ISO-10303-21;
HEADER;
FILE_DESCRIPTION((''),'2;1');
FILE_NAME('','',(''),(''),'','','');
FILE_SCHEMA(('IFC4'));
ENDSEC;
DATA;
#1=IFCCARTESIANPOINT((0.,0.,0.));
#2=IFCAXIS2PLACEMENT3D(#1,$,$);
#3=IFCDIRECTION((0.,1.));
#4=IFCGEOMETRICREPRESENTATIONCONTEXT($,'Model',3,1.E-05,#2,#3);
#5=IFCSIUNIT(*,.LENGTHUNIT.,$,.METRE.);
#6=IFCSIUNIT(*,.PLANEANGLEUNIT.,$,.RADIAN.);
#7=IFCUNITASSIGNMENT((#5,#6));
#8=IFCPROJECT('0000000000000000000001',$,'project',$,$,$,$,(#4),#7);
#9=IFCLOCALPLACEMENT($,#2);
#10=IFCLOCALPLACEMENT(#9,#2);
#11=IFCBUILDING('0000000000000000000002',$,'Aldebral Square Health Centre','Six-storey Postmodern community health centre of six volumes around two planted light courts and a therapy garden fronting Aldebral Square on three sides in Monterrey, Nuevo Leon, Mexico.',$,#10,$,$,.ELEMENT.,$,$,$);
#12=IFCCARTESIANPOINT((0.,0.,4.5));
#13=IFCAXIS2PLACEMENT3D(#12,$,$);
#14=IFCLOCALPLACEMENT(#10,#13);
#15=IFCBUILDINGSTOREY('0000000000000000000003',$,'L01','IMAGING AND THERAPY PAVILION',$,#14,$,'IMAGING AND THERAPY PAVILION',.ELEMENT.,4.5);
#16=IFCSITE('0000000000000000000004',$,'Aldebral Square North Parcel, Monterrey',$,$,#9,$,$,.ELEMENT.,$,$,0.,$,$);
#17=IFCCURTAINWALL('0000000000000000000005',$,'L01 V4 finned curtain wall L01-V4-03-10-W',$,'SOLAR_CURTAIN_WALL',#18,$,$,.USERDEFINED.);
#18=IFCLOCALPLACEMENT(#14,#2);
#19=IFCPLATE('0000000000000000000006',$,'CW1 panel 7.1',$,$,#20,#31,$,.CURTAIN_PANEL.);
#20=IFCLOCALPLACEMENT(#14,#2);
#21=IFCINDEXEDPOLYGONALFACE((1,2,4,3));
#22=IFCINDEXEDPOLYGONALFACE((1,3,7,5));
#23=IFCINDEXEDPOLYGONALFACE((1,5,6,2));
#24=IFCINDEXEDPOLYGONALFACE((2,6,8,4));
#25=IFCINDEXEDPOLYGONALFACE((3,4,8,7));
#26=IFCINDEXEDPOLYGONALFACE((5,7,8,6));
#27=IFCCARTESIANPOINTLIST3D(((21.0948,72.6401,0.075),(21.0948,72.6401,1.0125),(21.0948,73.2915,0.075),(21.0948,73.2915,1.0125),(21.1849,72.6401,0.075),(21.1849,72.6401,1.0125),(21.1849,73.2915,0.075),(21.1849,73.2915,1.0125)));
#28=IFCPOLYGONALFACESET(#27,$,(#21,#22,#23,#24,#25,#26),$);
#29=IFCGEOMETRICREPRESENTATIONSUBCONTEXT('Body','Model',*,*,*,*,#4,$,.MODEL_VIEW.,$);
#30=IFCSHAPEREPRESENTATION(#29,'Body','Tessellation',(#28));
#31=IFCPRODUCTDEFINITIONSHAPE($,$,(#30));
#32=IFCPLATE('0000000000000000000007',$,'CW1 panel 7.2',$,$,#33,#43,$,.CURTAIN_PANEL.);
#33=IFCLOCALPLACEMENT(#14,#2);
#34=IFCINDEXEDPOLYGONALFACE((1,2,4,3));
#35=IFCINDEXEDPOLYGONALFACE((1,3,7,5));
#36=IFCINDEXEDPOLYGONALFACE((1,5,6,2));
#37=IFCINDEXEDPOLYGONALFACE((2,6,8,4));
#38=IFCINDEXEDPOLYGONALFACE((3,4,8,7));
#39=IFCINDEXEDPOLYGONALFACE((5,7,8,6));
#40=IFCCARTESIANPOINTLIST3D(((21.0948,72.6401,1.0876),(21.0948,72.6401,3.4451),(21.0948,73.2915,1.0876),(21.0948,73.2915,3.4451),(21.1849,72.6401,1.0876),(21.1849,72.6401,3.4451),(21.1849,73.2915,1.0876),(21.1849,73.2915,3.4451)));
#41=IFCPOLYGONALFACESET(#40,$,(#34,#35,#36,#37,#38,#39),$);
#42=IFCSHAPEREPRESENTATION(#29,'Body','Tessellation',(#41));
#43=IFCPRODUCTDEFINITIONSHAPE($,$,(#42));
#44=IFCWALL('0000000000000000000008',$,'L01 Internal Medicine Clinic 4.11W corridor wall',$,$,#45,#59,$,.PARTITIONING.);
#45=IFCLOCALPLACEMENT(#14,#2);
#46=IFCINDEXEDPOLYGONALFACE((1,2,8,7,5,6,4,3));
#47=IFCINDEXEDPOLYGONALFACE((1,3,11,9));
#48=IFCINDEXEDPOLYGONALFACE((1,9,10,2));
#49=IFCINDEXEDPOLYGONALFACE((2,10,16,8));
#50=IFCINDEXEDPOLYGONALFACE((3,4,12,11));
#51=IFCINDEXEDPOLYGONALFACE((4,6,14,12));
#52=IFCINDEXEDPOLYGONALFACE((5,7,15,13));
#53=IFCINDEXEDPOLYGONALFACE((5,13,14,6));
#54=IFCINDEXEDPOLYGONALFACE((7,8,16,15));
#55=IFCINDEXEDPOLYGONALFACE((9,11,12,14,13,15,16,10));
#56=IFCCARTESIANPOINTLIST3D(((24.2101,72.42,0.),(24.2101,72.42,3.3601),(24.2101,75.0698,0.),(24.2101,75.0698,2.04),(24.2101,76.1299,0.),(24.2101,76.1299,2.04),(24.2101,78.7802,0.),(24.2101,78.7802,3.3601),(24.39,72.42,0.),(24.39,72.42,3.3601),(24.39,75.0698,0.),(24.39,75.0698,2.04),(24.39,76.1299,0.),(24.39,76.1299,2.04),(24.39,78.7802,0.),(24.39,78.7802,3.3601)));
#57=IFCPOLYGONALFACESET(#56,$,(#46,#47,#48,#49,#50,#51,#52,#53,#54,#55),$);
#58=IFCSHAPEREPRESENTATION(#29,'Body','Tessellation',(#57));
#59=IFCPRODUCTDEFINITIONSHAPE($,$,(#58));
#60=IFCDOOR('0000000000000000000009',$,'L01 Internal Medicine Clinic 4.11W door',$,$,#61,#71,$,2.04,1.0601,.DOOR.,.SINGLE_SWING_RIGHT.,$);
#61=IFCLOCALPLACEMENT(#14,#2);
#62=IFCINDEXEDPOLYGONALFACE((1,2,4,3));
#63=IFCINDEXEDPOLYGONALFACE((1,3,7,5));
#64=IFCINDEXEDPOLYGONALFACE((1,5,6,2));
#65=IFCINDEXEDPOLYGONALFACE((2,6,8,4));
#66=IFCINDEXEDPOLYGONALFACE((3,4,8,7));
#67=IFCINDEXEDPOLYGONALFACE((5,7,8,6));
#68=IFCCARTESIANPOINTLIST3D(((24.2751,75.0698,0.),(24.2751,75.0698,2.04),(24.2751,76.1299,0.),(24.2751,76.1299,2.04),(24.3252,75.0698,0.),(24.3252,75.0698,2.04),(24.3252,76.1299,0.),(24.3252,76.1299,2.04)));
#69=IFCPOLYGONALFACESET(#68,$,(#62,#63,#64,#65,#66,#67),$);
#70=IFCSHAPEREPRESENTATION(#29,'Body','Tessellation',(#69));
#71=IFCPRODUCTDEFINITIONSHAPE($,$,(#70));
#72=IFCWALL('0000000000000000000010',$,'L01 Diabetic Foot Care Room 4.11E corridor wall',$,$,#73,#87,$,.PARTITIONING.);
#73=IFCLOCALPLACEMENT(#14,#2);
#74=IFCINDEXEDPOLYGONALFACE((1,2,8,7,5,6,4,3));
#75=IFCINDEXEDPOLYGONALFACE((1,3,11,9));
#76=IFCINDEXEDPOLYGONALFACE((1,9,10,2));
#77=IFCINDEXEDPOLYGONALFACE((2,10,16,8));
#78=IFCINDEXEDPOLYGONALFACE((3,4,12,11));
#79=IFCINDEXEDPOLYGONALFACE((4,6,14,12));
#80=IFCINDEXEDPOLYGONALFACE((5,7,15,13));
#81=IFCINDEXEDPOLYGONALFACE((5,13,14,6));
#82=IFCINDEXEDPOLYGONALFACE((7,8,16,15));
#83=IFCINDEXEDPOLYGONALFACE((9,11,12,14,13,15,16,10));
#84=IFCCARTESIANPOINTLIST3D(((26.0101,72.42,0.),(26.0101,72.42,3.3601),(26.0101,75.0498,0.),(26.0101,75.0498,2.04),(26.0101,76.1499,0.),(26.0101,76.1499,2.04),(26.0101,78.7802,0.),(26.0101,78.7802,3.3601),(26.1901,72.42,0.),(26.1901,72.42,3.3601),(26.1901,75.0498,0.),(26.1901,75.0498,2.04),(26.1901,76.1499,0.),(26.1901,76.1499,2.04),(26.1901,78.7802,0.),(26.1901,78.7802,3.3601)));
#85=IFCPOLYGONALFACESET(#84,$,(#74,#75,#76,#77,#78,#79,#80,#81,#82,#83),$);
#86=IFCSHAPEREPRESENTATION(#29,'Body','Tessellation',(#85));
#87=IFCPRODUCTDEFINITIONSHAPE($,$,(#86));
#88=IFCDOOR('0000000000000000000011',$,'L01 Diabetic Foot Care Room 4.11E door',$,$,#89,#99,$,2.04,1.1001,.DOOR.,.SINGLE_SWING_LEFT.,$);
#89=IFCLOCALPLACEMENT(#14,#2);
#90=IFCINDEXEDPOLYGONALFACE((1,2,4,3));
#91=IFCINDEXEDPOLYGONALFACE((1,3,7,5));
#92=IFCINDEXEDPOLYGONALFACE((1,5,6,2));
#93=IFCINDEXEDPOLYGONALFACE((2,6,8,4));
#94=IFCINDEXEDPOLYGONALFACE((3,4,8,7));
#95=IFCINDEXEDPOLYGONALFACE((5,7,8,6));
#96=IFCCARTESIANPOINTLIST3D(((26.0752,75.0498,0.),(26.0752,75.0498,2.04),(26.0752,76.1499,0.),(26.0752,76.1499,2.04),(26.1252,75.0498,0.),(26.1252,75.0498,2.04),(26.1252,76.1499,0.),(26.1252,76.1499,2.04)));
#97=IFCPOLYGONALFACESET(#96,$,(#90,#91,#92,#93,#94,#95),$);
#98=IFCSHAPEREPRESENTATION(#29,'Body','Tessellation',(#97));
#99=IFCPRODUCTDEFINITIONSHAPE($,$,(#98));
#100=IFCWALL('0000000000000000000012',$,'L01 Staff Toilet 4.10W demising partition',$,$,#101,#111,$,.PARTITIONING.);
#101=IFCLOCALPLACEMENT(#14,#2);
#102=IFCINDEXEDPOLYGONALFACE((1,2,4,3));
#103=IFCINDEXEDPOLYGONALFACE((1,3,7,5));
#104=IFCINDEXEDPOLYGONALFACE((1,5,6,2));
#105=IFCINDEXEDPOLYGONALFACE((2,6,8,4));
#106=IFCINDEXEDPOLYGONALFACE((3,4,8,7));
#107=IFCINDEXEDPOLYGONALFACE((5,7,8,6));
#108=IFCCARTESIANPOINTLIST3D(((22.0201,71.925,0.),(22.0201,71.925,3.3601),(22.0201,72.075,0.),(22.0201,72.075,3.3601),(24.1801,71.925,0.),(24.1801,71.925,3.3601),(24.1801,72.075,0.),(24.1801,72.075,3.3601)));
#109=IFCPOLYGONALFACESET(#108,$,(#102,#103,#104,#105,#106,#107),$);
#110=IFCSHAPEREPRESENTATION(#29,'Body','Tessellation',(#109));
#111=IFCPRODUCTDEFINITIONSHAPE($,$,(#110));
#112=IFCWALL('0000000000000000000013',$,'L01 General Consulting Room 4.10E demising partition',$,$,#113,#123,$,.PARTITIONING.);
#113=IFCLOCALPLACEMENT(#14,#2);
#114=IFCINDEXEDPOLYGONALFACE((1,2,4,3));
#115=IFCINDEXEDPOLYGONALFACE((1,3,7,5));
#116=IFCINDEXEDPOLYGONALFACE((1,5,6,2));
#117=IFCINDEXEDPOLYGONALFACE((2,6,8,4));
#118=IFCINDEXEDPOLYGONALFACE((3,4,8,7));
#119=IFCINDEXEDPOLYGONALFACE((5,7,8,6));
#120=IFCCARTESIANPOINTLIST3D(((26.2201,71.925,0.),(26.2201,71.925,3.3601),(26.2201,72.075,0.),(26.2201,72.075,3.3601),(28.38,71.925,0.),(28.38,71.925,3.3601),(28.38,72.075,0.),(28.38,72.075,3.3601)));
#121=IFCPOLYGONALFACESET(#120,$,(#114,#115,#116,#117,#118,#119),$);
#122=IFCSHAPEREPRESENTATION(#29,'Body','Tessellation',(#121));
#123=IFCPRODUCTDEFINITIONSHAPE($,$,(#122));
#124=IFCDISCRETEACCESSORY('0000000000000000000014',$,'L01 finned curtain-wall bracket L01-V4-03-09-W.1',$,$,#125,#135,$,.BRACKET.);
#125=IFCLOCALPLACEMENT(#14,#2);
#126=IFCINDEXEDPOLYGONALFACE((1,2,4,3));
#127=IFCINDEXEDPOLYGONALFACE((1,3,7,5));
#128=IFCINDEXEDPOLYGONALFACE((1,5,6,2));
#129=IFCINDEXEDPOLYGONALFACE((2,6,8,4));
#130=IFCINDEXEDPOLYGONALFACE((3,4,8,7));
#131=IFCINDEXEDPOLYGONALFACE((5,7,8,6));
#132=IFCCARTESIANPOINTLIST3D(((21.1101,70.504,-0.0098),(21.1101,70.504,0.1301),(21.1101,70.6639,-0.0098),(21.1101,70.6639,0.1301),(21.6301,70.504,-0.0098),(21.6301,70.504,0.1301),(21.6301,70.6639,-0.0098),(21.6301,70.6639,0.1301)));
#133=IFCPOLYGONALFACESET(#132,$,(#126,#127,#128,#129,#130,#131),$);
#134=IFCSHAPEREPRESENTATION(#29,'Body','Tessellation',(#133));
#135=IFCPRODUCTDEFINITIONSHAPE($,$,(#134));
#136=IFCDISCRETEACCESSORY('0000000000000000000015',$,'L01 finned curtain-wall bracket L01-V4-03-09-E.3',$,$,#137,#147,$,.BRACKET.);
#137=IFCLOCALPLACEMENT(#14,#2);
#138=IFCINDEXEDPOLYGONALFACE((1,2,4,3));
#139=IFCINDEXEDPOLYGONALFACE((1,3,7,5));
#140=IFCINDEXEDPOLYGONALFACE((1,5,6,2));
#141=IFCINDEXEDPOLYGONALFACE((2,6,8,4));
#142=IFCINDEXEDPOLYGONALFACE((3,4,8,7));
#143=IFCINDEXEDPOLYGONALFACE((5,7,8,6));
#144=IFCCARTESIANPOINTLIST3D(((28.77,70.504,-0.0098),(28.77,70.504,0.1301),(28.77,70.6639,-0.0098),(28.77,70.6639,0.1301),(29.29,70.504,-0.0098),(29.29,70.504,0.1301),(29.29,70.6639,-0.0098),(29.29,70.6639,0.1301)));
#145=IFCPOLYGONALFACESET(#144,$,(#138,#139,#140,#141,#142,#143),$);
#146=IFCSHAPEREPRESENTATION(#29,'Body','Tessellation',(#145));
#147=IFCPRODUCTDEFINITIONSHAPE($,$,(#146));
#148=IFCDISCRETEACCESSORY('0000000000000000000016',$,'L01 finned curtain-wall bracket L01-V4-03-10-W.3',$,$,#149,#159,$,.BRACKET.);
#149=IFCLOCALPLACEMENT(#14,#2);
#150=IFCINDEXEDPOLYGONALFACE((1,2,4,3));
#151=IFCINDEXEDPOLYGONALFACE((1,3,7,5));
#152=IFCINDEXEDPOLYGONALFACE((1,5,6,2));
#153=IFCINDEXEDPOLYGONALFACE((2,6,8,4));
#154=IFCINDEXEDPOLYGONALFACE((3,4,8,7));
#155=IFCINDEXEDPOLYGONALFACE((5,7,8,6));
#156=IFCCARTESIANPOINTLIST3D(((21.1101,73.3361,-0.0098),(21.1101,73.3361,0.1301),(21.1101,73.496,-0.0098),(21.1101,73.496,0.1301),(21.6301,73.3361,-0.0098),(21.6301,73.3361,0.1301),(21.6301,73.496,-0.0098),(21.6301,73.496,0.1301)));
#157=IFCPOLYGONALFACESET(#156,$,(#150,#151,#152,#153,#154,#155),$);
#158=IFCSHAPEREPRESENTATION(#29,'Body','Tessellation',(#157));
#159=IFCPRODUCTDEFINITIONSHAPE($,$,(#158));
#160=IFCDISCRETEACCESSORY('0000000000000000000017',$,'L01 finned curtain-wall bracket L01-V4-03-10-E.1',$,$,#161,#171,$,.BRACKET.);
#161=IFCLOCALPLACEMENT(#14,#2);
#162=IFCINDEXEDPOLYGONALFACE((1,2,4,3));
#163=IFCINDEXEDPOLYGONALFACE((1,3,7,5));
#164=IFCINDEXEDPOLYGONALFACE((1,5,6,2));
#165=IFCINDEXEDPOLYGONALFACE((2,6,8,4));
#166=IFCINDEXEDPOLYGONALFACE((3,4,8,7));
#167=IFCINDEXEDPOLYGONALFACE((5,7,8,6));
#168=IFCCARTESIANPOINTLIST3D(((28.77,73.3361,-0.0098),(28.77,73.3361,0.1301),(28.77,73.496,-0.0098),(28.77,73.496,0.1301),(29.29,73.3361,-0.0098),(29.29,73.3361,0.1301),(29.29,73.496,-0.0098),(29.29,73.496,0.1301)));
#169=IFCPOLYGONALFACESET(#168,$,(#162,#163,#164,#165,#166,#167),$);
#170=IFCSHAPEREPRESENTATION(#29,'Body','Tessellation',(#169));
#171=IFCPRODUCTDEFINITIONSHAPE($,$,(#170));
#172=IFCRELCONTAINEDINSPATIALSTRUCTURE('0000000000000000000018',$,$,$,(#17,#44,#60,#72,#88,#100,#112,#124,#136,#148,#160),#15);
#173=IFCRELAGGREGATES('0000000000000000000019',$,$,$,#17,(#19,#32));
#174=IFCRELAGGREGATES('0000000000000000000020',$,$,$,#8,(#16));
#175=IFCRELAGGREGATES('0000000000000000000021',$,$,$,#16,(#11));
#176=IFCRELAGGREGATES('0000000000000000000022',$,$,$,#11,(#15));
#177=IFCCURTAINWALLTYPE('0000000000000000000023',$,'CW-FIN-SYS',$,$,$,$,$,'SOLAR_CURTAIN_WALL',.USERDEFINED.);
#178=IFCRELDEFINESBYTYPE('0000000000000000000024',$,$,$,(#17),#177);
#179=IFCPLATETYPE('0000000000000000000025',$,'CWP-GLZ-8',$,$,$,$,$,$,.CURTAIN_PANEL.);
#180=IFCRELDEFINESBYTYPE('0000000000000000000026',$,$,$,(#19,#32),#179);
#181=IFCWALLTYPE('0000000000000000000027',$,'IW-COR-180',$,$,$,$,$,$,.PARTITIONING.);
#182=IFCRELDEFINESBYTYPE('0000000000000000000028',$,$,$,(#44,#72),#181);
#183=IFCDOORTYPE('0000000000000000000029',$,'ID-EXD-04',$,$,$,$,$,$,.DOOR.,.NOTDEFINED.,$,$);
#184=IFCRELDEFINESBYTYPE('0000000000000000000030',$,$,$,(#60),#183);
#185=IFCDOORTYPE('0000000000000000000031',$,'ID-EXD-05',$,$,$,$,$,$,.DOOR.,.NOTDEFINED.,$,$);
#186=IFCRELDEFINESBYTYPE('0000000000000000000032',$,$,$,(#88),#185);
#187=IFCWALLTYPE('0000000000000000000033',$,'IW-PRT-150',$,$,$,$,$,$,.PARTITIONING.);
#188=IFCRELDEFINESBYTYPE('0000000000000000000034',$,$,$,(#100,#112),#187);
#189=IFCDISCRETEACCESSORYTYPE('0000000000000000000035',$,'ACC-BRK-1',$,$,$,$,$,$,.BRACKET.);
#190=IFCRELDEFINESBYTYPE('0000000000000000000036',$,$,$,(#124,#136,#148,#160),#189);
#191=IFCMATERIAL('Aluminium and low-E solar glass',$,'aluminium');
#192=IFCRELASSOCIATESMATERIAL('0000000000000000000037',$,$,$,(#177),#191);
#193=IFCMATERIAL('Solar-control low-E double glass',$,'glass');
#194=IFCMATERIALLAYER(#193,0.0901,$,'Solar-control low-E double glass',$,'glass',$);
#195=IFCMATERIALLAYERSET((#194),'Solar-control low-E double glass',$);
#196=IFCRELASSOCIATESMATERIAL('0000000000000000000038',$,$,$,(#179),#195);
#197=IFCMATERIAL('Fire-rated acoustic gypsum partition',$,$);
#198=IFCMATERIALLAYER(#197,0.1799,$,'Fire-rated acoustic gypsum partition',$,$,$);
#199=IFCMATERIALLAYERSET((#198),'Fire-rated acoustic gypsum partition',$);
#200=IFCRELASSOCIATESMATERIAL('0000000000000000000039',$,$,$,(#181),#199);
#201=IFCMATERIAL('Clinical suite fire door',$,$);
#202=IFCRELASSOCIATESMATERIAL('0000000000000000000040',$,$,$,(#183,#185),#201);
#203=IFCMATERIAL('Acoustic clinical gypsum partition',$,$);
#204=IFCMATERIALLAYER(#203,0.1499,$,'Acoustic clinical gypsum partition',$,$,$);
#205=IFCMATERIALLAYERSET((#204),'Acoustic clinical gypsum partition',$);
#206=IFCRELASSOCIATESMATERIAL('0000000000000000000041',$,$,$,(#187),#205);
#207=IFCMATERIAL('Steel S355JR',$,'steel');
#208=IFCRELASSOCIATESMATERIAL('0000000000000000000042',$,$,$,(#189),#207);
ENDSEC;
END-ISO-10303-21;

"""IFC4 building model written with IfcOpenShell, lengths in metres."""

from ifc_helpers import new_model, si_unit, direction, frame, frame_2d, origin, origin_2d, place, context, subcontext, project, spatial, rectangle, extrude, material, layer, layer_set, type_object, element, fill, aggregate, save


model = new_model("IFC4")

# Units and contexts
model_context = context("Model", 3, precision=1e-05, world=origin(), true_north=direction((0.0, 1.0)))
body_context = subcontext(model_context, "Body", "Model", "MODEL_VIEW")
ifc_project = project(units=[si_unit("LENGTHUNIT", "METRE"), si_unit("PLANEANGLEUNIT", "RADIAN")], contexts=[model_context])

# Site, building, storey
site_placement = place(None, origin())
site = spatial("IfcSite", under=ifc_project, at=site_placement, Name="Aldebral Square North Parcel, Monterrey", CompositionType="ELEMENT", RefElevation=0.0)
building_placement = place(site_placement, origin())
building = spatial("IfcBuilding", under=site, at=building_placement, Name="Aldebral Square Health Centre", Description="Six-storey Postmodern community health centre of six volumes around two planted light courts and a therapy garden fronting Aldebral Square on three sides in Monterrey, Nuevo Leon, Mexico.", CompositionType="ELEMENT")
storey_placement = place(building_placement, frame((0.0, 0.0, 4.5)))
storey = spatial("IfcBuildingStorey", under=building, at=storey_placement, Name="L01", Description="IMAGING AND THERAPY PAVILION", LongName="IMAGING AND THERAPY PAVILION", CompositionType="ELEMENT", Elevation=4.5)

# Curtain wall, plates
ifc_material_1 = material(Name="Aluminium and low-E solar glass", Category="aluminium")
curtain_wall_type = type_object("IfcCurtainWallType", Name="CW-FIN-SYS", ElementType="SOLAR_CURTAIN_WALL", PredefinedType="USERDEFINED", material=ifc_material_1)
curtain_wall_placement = place(storey_placement, origin())
curtain_wall = element("IfcCurtainWall", 1, at=curtain_wall_placement, inside=storey, type_object=curtain_wall_type, Name="L01 V4 finned curtain wall L01-V4-03-10-W", ObjectType="SOLAR_CURTAIN_WALL", PredefinedType="USERDEFINED")
ifc_material_2 = material(Name="Solar-control low-E double glass", Category="glass")
ifc_layer_1 = layer(ifc_material_2, 0.0901, Name="Solar-control low-E double glass", Category="glass")
ifc_layer_set_1 = layer_set([ifc_layer_1], Name="Solar-control low-E double glass")
plate_type = type_object("IfcPlateType", Name="CWP-GLZ-8", PredefinedType="CURTAIN_PANEL", material=ifc_layer_set_1)
plate_1_placement = place(storey_placement, frame((21.1399, 72.9658, 0.075), z_axis=(0.0, 0.0, 1.0), x_axis=(0.0, -1.0, 0.0)))
plate_1 = element("IfcPlate", 2, at=plate_1_placement, type_object=plate_type, Name="CW1 panel 7.1", PredefinedType="CURTAIN_PANEL", context=body_context, shape_type="SweptSolid", body=[
    extrude(rectangle(XDim=0.6514, YDim=0.0901, at=origin_2d()), origin(), (0.0, 0.0, 1.0), 0.9375),
])
plate_2_placement = place(storey_placement, frame((21.1399, 72.9658, 1.0876), z_axis=(0.0, 0.0, 1.0), x_axis=(0.0, -1.0, 0.0)))
plate_2 = element("IfcPlate", 3, at=plate_2_placement, type_object=plate_type, Name="CW1 panel 7.2", PredefinedType="CURTAIN_PANEL", context=body_context, shape_type="SweptSolid", body=[
    extrude(rectangle(XDim=0.6514, YDim=0.0901, at=origin_2d()), origin(), (0.0, 0.0, 1.0), 2.3574),
])
aggregate(curtain_wall, [plate_1, plate_2])

# Walls, openings, doors
ifc_material_3 = material(Name="Fire-rated acoustic gypsum partition")
ifc_layer_2 = layer(ifc_material_3, 0.1799, Name="Fire-rated acoustic gypsum partition")
ifc_layer_set_2 = layer_set([ifc_layer_2], Name="Fire-rated acoustic gypsum partition")
wall_type_1 = type_object("IfcWallType", Name="IW-COR-180", PredefinedType="PARTITIONING", material=ifc_layer_set_2)
wall_1_placement = place(storey_placement, frame((24.3, 72.4199, 0.0), z_axis=(0.0, 0.0, 1.0), x_axis=(0.0, 1.0, 0.0)))
wall_1 = element("IfcWall", 4, at=wall_1_placement, inside=storey, type_object=wall_type_1, Name="L01 Internal Medicine Clinic 4.11W corridor wall", PredefinedType="PARTITIONING", context=body_context, shape_type="SweptSolid", body=[
    extrude(rectangle(XDim=6.3601, YDim=0.1799, at=frame_2d((3.1802, 0.0))), origin(), (0.0, 0.0, 1.0), 3.3601),
])
opening_1_placement = place(wall_1_placement, frame((2.6499, 0.0, 0.0)))
opening_1 = element("IfcOpeningElement", 5, at=opening_1_placement, cuts=wall_1, PredefinedType="OPENING", context=body_context, shape_type="SweptSolid", body=[
    extrude(rectangle(XDim=1.0601, YDim=2.04, at=frame_2d((0.53, 1.02))), frame((0.0, 0.1001, 0.0), z_axis=(0.0, -1.0, 0.0), x_axis=(1.0, 0.0, 0.0)), (0.0, 0.0, 1.0), 0.2),
])
ifc_material_4 = material(Name="Clinical suite fire door")
door_type_1 = type_object("IfcDoorType", Name="ID-EXD-04", OperationType="NOTDEFINED", PredefinedType="DOOR", material=ifc_material_4)
door_1_placement = place(opening_1_placement, origin())
door_1 = element("IfcDoor", 6, at=door_1_placement, inside=storey, type_object=door_type_1, Name="L01 Internal Medicine Clinic 4.11W door", OperationType="SINGLE_SWING_RIGHT", OverallHeight=2.04, OverallWidth=1.0601, PredefinedType="DOOR", context=body_context, shape_type="SweptSolid", body=[
    extrude(rectangle(XDim=1.0601, YDim=2.04, at=frame_2d((0.53, 1.02))), frame((0.0, 0.0249, 0.0), z_axis=(0.0, -1.0, 0.0), x_axis=(1.0, 0.0, 0.0)), (0.0, 0.0, 1.0), 0.05),
])
fill(opening_1, door_1)
wall_2_placement = place(storey_placement, frame((26.1001, 72.4199, 0.0), z_axis=(0.0, 0.0, 1.0), x_axis=(0.0, 1.0, 0.0)))
wall_2 = element("IfcWall", 7, at=wall_2_placement, inside=storey, type_object=wall_type_1, Name="L01 Diabetic Foot Care Room 4.11E corridor wall", PredefinedType="PARTITIONING", context=body_context, shape_type="SweptSolid", body=[
    extrude(rectangle(XDim=6.3601, YDim=0.1799, at=frame_2d((3.1802, 0.0))), origin(), (0.0, 0.0, 1.0), 3.3601),
])
opening_2_placement = place(wall_2_placement, frame((2.6299, 0.0, 0.0)))
opening_2 = element("IfcOpeningElement", 8, at=opening_2_placement, cuts=wall_2, PredefinedType="OPENING", context=body_context, shape_type="SweptSolid", body=[
    extrude(rectangle(XDim=1.1001, YDim=2.04, at=frame_2d((0.55, 1.02))), frame((0.0, 0.1001, 0.0), z_axis=(0.0, -1.0, 0.0), x_axis=(1.0, 0.0, 0.0)), (0.0, 0.0, 1.0), 0.2),
])
door_type_2 = type_object("IfcDoorType", Name="ID-EXD-05", OperationType="NOTDEFINED", PredefinedType="DOOR", material=ifc_material_4)
door_2_placement = place(opening_2_placement, origin())
door_2 = element("IfcDoor", 9, at=door_2_placement, inside=storey, type_object=door_type_2, Name="L01 Diabetic Foot Care Room 4.11E door", OperationType="SINGLE_SWING_LEFT", OverallHeight=2.04, OverallWidth=1.1001, PredefinedType="DOOR", context=body_context, shape_type="SweptSolid", body=[
    extrude(rectangle(XDim=1.1001, YDim=2.04, at=frame_2d((0.55, 1.02))), frame((0.0, 0.0249, 0.0), z_axis=(0.0, -1.0, 0.0), x_axis=(1.0, 0.0, 0.0)), (0.0, 0.0, 1.0), 0.05),
])
fill(opening_2, door_2)

# Walls
ifc_material_5 = material(Name="Acoustic clinical gypsum partition")
ifc_layer_3 = layer(ifc_material_5, 0.1499, Name="Acoustic clinical gypsum partition")
ifc_layer_set_3 = layer_set([ifc_layer_3], Name="Acoustic clinical gypsum partition")
wall_type_2 = type_object("IfcWallType", Name="IW-PRT-150", PredefinedType="PARTITIONING", material=ifc_layer_set_3)
for number, where, z_axis, x_axis, name in (
    (10, (22.02, 72.0, 0.0), (0.0, 0.0, 1.0), (1.0, 0.0, 0.0), "L01 Staff Toilet 4.10W demising partition"),
    (11, (26.22, 72.0, 0.0), (0.0, 0.0, 1.0), (1.0, 0.0, 0.0), "L01 General Consulting Room 4.10E demising partition"),
):
    element("IfcWall", number, at=place(storey_placement, frame(where, z_axis=z_axis, x_axis=x_axis)), inside=storey, type_object=wall_type_2, Name=name, PredefinedType="PARTITIONING", context=body_context, shape_type="SweptSolid", body=[
        extrude(rectangle(XDim=2.1599, YDim=0.1499, at=frame_2d((1.0801, 0.0))), origin(), (0.0, 0.0, 1.0), 3.3601),
    ])

# Discrete accessories
ifc_material_6 = material(Name="Steel S355JR", Category="steel")
discrete_accessory_type = type_object("IfcDiscreteAccessoryType", Name="ACC-BRK-1", PredefinedType="BRACKET", material=ifc_material_6)
for number, where, z_axis, x_axis, name in (
    (12, (21.3701, 70.584, -0.0098), (0.0, 0.0, 1.0), (0.0, 1.0, 0.0), "L01 finned curtain-wall bracket L01-V4-03-09-W.1"),
    (13, (29.03, 70.584, -0.0098), (0.0, 0.0, 1.0), (0.0, 1.0, 0.0), "L01 finned curtain-wall bracket L01-V4-03-09-E.3"),
    (14, (21.3701, 73.416, -0.0098), (0.0, 0.0, 1.0), (0.0, 1.0, 0.0), "L01 finned curtain-wall bracket L01-V4-03-10-W.3"),
    (15, (29.03, 73.416, -0.0098), (0.0, 0.0, 1.0), (0.0, 1.0, 0.0), "L01 finned curtain-wall bracket L01-V4-03-10-E.1"),
):
    element("IfcDiscreteAccessory", number, at=place(storey_placement, frame(where, z_axis=z_axis, x_axis=x_axis)), inside=storey, type_object=discrete_accessory_type, Name=name, PredefinedType="BRACKET", context=body_context, shape_type="SweptSolid", body=[
        extrude(rectangle(XDim=0.1599, YDim=0.52, at=origin_2d()), origin(), (0.0, 0.0, 1.0), 0.1399),
    ])

save(model, "model.ifc")
